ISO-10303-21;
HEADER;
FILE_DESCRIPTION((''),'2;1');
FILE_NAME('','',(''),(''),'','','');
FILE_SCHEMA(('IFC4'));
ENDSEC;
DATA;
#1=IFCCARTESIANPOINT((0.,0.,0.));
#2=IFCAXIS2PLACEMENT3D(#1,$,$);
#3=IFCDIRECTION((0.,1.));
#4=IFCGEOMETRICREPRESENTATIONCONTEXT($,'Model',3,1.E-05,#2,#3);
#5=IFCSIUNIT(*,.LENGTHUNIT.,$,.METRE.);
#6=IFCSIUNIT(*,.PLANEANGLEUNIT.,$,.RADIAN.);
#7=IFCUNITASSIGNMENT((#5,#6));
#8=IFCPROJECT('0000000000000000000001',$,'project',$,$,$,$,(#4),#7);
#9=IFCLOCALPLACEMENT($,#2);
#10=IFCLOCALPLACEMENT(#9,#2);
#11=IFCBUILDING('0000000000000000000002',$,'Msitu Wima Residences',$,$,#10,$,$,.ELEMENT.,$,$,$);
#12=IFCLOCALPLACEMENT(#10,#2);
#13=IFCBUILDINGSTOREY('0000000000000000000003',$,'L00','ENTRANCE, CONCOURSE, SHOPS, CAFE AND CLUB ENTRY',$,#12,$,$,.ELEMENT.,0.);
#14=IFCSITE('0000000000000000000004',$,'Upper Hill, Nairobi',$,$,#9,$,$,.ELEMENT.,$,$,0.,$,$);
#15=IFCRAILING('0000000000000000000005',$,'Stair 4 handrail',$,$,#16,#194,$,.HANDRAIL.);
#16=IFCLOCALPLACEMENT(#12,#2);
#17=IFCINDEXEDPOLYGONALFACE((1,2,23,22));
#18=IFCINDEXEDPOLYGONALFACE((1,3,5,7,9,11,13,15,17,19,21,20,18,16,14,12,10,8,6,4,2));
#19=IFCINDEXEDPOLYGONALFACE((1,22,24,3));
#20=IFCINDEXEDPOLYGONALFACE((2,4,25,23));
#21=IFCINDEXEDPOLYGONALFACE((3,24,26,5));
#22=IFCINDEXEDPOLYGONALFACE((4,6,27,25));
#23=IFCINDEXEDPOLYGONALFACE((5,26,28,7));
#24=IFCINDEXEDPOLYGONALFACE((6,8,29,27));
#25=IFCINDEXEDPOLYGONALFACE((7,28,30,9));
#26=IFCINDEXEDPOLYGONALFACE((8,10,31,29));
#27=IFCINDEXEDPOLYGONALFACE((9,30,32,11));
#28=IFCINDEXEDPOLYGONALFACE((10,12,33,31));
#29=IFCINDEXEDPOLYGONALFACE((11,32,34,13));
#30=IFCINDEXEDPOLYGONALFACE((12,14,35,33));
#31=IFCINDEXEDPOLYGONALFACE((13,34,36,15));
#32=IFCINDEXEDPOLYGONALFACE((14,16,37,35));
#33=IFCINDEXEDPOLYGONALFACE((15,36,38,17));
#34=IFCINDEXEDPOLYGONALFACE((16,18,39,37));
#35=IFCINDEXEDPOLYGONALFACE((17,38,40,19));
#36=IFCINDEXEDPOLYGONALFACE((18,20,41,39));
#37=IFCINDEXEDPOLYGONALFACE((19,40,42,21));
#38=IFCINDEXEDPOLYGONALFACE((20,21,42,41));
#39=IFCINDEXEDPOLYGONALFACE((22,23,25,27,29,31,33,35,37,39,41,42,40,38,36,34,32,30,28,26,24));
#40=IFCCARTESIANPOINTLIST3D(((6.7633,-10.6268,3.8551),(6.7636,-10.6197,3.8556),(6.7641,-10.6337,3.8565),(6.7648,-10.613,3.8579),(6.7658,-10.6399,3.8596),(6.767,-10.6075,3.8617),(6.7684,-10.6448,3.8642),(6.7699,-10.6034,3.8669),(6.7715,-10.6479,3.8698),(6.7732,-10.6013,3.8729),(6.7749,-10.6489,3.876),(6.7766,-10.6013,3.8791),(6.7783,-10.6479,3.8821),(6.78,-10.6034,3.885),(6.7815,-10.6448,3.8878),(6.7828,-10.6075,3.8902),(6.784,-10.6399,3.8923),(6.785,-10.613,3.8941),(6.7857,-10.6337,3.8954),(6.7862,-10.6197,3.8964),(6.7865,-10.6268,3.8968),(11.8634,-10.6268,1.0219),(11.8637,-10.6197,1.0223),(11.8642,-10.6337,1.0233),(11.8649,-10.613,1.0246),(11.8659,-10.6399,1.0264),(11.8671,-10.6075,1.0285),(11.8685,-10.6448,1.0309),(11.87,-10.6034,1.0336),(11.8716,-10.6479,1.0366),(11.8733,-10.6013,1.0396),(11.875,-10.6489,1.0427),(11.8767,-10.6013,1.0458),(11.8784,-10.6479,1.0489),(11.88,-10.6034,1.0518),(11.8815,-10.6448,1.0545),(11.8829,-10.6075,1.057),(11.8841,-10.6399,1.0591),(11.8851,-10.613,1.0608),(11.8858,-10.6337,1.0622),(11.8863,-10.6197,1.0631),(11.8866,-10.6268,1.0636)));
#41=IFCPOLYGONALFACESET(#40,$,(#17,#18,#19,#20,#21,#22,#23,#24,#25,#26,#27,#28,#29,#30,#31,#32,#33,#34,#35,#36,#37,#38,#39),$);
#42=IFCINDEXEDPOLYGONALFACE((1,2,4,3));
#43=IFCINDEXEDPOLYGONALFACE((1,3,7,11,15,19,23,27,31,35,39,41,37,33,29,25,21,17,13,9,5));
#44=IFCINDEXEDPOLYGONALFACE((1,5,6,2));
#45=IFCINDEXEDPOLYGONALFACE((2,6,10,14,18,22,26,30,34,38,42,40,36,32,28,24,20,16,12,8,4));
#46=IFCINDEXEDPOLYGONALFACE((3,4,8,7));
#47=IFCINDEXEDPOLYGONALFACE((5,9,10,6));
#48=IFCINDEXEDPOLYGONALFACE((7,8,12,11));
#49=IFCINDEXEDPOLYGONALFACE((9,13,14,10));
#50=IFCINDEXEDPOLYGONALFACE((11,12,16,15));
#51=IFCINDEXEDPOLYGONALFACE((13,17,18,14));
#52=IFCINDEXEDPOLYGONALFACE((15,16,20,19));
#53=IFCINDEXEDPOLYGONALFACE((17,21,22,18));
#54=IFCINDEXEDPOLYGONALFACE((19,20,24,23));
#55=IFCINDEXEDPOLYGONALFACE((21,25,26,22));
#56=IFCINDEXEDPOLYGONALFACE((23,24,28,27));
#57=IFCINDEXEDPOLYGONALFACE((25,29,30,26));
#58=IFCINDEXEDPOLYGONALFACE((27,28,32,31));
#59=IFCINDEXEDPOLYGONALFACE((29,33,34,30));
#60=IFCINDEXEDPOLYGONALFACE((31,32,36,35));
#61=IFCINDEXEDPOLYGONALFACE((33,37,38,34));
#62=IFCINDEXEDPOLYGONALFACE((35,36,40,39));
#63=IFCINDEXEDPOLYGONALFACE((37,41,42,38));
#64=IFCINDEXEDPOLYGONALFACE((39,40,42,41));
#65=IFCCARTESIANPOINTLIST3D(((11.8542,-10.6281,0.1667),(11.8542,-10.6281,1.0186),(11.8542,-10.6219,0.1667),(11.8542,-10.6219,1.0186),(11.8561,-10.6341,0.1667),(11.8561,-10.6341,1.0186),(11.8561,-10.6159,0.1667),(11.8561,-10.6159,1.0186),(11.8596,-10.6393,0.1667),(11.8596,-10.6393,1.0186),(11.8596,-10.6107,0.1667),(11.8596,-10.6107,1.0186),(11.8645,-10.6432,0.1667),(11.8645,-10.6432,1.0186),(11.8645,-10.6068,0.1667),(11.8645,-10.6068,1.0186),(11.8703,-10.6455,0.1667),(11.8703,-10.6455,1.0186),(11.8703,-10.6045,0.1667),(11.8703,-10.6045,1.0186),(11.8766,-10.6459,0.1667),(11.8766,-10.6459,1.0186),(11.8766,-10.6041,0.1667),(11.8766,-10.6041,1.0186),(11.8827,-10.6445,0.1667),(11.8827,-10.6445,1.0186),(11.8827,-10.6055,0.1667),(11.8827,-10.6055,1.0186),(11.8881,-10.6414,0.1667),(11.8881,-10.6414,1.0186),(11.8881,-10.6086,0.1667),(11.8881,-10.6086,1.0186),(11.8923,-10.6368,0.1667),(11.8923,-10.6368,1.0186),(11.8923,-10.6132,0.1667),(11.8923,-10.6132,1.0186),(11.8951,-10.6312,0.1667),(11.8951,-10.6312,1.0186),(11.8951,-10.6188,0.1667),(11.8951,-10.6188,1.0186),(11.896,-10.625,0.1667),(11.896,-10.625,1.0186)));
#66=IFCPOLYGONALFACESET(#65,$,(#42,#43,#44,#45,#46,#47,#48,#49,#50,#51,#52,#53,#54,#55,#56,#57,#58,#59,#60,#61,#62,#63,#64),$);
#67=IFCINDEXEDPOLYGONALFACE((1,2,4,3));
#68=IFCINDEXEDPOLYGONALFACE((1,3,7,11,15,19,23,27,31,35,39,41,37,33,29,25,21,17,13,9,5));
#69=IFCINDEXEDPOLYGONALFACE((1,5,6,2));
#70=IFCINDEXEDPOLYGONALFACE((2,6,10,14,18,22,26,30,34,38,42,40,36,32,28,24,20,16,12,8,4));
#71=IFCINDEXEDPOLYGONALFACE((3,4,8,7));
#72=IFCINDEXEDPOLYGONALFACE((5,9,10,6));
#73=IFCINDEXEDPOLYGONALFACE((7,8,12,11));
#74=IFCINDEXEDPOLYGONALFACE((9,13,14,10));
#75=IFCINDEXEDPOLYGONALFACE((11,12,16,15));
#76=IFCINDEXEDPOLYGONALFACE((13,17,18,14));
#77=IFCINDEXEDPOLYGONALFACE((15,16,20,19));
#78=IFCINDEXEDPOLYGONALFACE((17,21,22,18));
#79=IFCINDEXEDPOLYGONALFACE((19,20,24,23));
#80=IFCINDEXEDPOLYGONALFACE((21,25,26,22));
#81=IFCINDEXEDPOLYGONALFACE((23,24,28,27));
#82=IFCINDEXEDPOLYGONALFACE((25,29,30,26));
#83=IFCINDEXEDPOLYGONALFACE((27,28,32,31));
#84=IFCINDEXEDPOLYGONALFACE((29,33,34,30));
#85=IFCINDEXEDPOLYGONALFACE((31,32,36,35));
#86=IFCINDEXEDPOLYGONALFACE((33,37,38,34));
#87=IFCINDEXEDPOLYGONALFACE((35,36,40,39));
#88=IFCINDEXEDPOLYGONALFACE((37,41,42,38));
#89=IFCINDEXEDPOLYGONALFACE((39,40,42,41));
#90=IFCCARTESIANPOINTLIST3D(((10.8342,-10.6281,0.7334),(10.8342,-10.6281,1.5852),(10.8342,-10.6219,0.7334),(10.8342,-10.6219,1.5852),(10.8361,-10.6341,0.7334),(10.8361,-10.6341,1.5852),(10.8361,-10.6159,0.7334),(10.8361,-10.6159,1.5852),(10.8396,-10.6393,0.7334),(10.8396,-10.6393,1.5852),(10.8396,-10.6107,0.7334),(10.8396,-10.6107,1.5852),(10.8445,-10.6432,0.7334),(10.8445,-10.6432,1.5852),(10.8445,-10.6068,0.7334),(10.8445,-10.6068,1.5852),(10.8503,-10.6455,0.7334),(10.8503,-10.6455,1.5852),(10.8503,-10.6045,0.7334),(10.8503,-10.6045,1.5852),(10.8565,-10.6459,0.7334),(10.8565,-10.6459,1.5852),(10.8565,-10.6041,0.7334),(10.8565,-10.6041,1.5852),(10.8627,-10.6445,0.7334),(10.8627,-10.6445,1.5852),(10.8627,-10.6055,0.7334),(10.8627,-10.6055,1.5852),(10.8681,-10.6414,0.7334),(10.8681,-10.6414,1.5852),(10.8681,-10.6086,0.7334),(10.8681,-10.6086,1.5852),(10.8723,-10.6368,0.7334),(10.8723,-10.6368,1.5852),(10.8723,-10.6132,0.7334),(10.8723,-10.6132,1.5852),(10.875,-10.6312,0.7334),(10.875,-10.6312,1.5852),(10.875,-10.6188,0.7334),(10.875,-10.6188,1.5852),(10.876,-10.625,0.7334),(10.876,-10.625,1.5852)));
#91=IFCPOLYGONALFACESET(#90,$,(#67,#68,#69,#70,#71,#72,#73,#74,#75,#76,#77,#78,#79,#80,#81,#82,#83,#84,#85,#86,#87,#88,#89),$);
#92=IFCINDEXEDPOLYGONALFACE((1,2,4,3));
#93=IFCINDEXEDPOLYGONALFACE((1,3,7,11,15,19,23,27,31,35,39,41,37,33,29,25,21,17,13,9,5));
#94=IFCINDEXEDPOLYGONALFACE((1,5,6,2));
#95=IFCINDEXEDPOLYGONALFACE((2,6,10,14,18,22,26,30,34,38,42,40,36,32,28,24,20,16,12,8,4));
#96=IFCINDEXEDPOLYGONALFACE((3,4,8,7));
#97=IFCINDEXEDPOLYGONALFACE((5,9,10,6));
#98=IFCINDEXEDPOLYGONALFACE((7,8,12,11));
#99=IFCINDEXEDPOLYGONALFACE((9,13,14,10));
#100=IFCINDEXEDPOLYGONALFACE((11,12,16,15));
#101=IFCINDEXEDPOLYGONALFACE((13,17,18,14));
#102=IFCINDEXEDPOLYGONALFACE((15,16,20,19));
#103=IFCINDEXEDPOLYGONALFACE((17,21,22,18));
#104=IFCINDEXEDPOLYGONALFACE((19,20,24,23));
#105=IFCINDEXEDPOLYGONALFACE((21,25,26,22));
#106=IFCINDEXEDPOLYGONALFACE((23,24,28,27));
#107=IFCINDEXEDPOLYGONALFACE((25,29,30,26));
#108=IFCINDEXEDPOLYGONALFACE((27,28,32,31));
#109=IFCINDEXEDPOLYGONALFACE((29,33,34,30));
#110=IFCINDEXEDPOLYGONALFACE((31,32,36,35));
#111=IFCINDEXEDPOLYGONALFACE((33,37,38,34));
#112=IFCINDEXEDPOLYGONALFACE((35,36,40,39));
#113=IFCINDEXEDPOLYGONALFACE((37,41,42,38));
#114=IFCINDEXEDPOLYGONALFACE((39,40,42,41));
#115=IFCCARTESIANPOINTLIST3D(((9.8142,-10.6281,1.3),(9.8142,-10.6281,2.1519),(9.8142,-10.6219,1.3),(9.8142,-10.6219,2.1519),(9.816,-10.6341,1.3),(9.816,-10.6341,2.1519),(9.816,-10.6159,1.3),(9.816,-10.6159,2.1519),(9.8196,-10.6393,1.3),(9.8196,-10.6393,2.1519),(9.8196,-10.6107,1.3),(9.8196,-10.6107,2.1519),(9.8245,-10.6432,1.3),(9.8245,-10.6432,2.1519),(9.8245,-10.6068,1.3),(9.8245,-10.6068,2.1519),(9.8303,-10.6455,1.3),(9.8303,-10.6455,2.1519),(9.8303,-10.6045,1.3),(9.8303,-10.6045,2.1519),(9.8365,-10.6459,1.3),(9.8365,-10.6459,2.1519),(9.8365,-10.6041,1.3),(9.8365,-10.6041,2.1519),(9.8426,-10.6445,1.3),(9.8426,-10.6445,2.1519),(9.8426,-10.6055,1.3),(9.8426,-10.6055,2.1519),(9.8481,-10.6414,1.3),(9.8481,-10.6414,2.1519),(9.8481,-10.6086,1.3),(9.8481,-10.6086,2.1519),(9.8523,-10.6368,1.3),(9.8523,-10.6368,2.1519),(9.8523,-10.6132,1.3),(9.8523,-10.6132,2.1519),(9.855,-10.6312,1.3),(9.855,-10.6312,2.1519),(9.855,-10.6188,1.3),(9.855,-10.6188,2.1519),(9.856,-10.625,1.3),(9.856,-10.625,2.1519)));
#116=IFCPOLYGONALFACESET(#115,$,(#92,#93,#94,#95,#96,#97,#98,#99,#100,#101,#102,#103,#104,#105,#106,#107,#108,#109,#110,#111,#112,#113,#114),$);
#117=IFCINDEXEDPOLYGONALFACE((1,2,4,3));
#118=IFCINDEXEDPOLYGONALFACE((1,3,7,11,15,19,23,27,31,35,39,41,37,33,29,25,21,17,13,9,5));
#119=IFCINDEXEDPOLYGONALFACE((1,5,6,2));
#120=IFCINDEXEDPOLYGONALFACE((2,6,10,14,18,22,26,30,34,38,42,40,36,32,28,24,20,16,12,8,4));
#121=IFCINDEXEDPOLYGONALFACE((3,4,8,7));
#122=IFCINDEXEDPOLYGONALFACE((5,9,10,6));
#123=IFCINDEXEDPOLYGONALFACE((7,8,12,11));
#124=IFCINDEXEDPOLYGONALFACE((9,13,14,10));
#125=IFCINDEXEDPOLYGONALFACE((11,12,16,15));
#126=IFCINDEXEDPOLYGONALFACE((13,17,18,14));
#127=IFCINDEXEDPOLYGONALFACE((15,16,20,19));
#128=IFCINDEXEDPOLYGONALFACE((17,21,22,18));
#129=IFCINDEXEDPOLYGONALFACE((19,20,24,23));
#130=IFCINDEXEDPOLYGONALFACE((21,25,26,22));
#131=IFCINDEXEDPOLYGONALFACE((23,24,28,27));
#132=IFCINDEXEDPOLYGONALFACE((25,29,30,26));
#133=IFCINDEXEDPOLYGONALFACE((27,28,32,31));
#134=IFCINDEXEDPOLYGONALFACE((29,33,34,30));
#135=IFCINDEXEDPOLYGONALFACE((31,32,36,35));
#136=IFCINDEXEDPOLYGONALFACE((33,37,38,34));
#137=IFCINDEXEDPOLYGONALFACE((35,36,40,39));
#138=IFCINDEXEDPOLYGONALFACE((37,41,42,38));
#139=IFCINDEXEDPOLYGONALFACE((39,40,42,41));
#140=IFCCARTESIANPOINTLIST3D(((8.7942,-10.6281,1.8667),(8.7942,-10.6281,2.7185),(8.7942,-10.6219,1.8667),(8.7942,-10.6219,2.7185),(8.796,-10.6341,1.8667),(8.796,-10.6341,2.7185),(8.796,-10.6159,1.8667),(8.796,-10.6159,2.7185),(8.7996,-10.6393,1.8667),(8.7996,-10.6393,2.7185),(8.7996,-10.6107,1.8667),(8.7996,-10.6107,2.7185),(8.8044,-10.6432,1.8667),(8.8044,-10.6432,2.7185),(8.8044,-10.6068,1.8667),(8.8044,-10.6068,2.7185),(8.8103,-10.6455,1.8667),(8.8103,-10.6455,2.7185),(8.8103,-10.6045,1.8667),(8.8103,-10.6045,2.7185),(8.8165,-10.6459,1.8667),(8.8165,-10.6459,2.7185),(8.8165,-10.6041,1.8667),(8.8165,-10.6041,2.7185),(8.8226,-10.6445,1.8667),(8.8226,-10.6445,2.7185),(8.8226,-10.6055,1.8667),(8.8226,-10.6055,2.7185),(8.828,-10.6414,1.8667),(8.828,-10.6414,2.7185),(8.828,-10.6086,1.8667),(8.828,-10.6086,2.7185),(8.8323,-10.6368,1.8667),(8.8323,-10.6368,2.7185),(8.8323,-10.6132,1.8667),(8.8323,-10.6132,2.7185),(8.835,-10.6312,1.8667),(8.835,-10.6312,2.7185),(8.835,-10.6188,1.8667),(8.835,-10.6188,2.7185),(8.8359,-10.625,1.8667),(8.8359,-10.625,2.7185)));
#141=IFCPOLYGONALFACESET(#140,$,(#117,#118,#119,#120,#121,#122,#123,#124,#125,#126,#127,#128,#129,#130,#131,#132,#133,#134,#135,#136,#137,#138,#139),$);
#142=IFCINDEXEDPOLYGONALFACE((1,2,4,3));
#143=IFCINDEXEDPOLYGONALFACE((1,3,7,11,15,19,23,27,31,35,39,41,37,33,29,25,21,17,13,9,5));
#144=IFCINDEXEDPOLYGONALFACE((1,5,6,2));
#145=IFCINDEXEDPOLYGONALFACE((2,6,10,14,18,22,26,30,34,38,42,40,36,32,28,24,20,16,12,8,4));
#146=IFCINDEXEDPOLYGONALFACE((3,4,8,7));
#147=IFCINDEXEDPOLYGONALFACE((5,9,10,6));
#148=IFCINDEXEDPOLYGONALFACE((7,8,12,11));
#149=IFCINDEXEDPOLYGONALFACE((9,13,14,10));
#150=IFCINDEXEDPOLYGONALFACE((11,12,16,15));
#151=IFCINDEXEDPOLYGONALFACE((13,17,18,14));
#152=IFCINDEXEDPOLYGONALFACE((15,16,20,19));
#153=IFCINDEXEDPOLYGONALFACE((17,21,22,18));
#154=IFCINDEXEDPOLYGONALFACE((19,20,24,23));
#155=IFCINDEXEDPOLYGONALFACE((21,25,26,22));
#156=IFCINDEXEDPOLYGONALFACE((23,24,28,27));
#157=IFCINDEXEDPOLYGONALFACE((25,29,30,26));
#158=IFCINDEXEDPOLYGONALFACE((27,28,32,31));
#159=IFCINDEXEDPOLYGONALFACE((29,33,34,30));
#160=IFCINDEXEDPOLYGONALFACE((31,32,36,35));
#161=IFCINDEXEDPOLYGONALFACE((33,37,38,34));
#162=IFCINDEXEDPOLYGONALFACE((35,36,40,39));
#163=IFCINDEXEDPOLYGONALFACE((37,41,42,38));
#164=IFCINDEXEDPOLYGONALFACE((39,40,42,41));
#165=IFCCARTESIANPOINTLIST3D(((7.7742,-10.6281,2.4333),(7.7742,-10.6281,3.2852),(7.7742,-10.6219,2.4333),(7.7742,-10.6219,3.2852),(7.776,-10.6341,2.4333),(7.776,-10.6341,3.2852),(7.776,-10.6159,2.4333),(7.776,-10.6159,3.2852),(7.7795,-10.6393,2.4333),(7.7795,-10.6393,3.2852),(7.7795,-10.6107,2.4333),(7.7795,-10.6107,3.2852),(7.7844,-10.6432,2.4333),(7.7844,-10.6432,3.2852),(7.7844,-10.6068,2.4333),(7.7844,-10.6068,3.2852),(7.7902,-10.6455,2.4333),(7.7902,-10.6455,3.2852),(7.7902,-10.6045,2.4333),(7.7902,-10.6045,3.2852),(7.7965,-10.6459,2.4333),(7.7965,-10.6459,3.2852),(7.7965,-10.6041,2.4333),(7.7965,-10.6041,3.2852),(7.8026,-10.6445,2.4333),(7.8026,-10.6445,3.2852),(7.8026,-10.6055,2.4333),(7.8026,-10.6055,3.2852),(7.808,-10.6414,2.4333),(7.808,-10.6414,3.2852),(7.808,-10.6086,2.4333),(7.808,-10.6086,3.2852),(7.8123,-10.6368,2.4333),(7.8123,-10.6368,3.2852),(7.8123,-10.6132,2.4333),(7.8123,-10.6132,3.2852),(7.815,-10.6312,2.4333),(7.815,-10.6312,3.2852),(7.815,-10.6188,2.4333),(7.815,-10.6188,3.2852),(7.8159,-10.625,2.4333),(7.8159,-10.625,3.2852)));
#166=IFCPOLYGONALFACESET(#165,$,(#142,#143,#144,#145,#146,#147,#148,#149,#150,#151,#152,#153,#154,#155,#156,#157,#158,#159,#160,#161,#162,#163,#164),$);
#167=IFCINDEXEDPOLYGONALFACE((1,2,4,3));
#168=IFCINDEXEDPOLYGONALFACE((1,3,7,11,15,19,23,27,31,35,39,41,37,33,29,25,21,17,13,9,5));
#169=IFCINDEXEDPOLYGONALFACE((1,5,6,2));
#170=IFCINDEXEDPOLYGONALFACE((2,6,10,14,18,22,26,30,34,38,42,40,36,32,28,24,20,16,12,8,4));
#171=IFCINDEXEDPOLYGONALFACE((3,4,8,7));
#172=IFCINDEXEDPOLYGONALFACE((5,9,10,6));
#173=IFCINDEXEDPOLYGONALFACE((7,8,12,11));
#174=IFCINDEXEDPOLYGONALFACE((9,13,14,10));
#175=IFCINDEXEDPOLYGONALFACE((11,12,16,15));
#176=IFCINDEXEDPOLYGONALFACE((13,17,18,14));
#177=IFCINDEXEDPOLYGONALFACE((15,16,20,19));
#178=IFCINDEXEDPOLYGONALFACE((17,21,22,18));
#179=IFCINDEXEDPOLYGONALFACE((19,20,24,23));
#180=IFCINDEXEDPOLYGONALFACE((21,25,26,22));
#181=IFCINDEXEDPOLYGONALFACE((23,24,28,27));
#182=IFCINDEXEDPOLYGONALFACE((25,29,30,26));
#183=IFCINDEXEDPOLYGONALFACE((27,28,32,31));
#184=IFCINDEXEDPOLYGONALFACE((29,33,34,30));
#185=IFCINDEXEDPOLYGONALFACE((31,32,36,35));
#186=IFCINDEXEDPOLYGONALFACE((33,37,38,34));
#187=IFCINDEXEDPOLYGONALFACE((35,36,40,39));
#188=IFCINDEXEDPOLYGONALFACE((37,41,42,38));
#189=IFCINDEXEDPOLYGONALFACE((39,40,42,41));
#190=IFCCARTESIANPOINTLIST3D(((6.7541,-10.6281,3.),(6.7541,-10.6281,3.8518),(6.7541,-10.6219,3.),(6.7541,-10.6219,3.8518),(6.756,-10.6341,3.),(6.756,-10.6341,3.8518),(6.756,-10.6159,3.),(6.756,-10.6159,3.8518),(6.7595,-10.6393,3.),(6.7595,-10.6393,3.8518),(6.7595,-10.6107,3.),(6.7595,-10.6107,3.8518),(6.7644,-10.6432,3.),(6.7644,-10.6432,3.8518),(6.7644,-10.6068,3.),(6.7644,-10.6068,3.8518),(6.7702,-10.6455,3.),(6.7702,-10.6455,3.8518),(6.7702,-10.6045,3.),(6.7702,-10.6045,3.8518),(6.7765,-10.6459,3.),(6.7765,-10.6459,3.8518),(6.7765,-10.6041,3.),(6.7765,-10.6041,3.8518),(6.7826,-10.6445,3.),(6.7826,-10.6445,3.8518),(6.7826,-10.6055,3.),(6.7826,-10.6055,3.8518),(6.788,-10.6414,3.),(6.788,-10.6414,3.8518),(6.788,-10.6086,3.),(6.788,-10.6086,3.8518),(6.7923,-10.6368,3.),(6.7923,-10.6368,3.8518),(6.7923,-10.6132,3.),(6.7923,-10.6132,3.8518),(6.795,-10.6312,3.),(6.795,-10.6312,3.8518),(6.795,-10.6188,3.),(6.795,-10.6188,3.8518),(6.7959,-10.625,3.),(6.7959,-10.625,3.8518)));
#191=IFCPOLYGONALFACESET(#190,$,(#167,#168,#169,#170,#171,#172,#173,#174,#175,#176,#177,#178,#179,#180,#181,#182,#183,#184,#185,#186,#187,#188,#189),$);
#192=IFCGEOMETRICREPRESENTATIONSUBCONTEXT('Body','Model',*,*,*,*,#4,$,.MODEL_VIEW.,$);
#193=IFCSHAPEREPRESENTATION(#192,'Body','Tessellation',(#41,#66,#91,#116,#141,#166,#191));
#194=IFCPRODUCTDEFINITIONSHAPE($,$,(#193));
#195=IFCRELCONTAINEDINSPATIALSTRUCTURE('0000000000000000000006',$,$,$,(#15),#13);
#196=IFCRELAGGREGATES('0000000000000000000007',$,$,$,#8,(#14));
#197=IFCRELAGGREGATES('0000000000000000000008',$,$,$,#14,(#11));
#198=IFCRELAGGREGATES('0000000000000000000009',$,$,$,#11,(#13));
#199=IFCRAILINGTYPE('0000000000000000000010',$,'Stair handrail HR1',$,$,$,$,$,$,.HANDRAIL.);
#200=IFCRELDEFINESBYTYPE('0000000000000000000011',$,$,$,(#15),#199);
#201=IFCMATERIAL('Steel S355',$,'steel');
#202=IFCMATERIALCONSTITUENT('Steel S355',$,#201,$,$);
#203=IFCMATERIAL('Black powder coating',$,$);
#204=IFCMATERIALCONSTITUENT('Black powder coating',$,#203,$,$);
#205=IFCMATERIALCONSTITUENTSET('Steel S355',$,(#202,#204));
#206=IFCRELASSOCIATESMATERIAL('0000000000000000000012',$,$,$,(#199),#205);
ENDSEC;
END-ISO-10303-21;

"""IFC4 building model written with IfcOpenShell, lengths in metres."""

from ifc_helpers import new_model, si_unit, direction, frame, origin, origin_2d, place, context, subcontext, project, spatial, circle, extrude, material, constituent, constituent_set, type_object, element, save


model = new_model("IFC4")

# Units and contexts
model_context = context("Model", 3, precision=1e-05, world=origin(), true_north=direction((0.0, 1.0)))
body_context = subcontext(model_context, "Body", "Model", "MODEL_VIEW")
ifc_project = project(units=[si_unit("LENGTHUNIT", "METRE"), si_unit("PLANEANGLEUNIT", "RADIAN")], contexts=[model_context])

# Site, building, storey
site_placement = place(None, origin())
site = spatial("IfcSite", under=ifc_project, at=site_placement, Name="Upper Hill, Nairobi", CompositionType="ELEMENT", RefElevation=0.0)
building_placement = place(site_placement, origin())
building = spatial("IfcBuilding", under=site, at=building_placement, Name="Msitu Wima Residences", CompositionType="ELEMENT")
storey_placement = place(building_placement, origin())
storey = spatial("IfcBuildingStorey", under=building, at=storey_placement, Name="L00", Description="ENTRANCE, CONCOURSE, SHOPS, CAFE AND CLUB ENTRY", CompositionType="ELEMENT", Elevation=0.0)

# Railing
ifc_material_1 = material(Name="Steel S355", Category="steel")
ifc_constituent_1 = constituent(ifc_material_1, Name="Steel S355")
ifc_material_2 = material(Name="Black powder coating")
ifc_constituent_2 = constituent(ifc_material_2, Name="Black powder coating")
ifc_constituent_set = constituent_set(constituents=[ifc_constituent_1, ifc_constituent_2], Name="Steel S355")
railing_type = type_object("IfcRailingType", Name="Stair handrail HR1", PredefinedType="HANDRAIL", material=ifc_constituent_set)
for number, where, name in (
    (1, (11.875, -10.625, 0.1667), "Stair 4 handrail"),
):
    element("IfcRailing", number, at=place(storey_placement, frame(where)), inside=storey, type_object=railing_type, Name=name, PredefinedType="HANDRAIL", context=body_context, shape_type="SweptSolid", body=[
        extrude(circle(Radius=0.0239, at=origin_2d()), frame((0.0, 0.0, 0.876), z_axis=(-0.874167, 0.0, 0.485625), x_axis=(0.0, -1.0, 0.0)), (0.0, 0.0, 1.0), 5.8342),
        extrude(circle(Radius=0.021, at=origin_2d()), origin(), (0.0, 0.0, 1.0), 0.8518),
        extrude(circle(Radius=0.021, at=origin_2d()), frame((-1.02, 0.0, 0.5667)), (0.0, 0.0, 1.0), 0.8518),
        extrude(circle(Radius=0.021, at=origin_2d()), frame((-2.04, 0.0, 1.1333)), (0.0, 0.0, 1.0), 0.8518),
        extrude(circle(Radius=0.021, at=origin_2d()), frame((-3.0601, 0.0, 1.7)), (0.0, 0.0, 1.0), 0.8518),
        extrude(circle(Radius=0.021, at=origin_2d()), frame((-4.0801, 0.0, 2.2666)), (0.0, 0.0, 1.0), 0.8518),
        extrude(circle(Radius=0.021, at=origin_2d()), frame((-5.1001, 0.0, 2.8333)), (0.0, 0.0, 1.0), 0.8518),
    ])

save(model, "model.ifc")
